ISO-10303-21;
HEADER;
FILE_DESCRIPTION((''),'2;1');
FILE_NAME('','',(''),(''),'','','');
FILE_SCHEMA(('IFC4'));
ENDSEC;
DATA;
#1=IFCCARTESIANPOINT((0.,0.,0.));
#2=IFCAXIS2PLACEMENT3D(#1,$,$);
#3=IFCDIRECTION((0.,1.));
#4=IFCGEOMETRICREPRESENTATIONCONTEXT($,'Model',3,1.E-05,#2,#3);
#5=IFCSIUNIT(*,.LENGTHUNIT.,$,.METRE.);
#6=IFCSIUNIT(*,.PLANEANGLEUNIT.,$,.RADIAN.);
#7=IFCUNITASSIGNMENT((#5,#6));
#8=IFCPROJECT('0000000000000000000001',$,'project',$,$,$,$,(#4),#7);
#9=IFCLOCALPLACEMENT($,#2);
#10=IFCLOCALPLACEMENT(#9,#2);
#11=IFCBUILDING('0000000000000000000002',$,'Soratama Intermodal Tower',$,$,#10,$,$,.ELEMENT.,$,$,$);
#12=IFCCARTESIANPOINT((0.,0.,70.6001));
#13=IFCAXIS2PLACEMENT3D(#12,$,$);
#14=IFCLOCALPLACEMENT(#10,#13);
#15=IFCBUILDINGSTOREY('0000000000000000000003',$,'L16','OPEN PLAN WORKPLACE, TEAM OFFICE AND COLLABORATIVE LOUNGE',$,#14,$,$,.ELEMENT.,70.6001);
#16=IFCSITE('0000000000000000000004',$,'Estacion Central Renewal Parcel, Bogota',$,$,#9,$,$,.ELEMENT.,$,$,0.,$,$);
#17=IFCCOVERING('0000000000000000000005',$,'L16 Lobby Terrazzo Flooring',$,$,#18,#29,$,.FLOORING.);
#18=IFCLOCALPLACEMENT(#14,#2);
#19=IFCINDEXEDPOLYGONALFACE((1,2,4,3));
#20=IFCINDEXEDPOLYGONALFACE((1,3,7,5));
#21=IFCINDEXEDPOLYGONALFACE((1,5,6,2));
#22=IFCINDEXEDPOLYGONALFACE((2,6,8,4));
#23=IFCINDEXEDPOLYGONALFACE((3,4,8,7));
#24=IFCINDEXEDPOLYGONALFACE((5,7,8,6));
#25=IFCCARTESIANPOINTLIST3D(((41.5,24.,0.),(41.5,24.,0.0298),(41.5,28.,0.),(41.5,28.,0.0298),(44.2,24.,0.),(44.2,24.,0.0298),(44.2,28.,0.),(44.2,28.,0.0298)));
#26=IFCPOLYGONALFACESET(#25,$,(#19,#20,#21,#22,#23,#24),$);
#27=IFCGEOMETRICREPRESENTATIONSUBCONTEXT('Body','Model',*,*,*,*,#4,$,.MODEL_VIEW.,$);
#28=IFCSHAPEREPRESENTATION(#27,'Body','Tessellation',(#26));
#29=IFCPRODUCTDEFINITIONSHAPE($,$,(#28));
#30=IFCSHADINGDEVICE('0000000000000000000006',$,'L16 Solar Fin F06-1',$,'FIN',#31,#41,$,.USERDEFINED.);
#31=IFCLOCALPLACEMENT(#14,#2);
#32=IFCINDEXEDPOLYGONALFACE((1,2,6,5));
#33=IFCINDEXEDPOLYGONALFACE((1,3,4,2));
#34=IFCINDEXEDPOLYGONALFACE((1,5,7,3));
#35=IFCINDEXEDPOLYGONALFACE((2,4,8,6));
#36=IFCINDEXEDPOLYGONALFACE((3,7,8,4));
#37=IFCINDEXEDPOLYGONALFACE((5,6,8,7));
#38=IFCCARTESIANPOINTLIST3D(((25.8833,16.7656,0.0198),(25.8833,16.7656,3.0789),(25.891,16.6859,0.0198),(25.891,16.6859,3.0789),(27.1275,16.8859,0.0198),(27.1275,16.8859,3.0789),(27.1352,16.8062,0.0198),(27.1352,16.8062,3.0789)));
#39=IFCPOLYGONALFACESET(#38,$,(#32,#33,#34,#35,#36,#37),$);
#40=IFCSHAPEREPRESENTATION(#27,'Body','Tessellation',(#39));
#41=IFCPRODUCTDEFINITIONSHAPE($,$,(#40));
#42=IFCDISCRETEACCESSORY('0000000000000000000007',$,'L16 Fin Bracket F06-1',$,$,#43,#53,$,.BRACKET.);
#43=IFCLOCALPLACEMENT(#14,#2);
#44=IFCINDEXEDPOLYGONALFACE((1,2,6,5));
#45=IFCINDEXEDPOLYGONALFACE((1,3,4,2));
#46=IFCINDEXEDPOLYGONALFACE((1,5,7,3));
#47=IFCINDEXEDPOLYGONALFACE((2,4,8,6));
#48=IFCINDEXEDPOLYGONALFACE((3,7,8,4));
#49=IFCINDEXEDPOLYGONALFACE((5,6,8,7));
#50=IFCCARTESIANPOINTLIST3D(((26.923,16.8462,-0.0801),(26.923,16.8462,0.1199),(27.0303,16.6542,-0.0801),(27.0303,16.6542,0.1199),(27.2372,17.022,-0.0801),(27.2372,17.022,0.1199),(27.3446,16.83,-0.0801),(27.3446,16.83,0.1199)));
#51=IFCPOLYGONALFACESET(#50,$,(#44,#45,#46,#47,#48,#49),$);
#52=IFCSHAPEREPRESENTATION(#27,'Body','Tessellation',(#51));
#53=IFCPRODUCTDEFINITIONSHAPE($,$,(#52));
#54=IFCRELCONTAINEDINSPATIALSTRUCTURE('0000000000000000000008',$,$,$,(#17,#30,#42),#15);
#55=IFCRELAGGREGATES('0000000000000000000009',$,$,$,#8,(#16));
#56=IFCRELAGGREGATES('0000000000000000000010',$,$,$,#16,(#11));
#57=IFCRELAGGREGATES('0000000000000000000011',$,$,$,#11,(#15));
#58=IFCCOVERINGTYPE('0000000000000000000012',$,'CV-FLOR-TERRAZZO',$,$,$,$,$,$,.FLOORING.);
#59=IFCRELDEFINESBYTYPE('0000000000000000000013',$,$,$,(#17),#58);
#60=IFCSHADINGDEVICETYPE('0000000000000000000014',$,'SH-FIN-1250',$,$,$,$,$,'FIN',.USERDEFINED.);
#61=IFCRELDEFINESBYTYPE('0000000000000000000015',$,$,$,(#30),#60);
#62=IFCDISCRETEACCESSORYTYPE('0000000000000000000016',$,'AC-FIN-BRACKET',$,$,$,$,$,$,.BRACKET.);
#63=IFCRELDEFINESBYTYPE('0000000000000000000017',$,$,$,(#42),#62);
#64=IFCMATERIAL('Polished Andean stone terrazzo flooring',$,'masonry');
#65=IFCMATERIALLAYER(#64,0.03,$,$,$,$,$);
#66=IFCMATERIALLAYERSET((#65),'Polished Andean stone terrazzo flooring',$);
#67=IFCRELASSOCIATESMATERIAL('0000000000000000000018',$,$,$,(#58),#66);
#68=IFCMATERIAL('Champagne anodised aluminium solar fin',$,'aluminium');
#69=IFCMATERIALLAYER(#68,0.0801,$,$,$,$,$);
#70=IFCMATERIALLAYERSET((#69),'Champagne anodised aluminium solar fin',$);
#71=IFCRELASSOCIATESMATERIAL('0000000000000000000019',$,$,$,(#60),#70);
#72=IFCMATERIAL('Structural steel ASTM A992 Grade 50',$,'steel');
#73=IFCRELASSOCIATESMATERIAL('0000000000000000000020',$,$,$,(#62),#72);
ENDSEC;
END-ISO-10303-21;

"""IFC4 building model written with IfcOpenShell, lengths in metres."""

from ifc_helpers import new_model, si_unit, direction, frame, origin, origin_2d, place, context, subcontext, project, spatial, polyline, rectangle, outline, extrude, material, layer, layer_set, type_object, element, save


model = new_model("IFC4")

# Units and contexts
model_context = context("Model", 3, precision=1e-05, world=origin(), true_north=direction((0.0, 1.0)))
body_context = subcontext(model_context, "Body", "Model", "MODEL_VIEW")
ifc_project = project(units=[si_unit("LENGTHUNIT", "METRE"), si_unit("PLANEANGLEUNIT", "RADIAN")], contexts=[model_context])

# Site, building, storey
site_placement = place(None, origin())
site = spatial("IfcSite", under=ifc_project, at=site_placement, Name="Estacion Central Renewal Parcel, Bogota", CompositionType="ELEMENT", RefElevation=0.0)
building_placement = place(site_placement, origin())
building = spatial("IfcBuilding", under=site, at=building_placement, Name="Soratama Intermodal Tower", CompositionType="ELEMENT")
storey_placement = place(building_placement, frame((0.0, 0.0, 70.6001)))
storey = spatial("IfcBuildingStorey", under=building, at=storey_placement, Name="L16", Description="OPEN PLAN WORKPLACE, TEAM OFFICE AND COLLABORATIVE LOUNGE", CompositionType="ELEMENT", Elevation=70.6001)

# Covering
ifc_material_1 = material(Name="Polished Andean stone terrazzo flooring", Category="masonry")
ifc_layer_1 = layer(ifc_material_1, 0.03)
ifc_layer_set_1 = layer_set([ifc_layer_1], Name="Polished Andean stone terrazzo flooring")
covering_type_1 = type_object("IfcCoveringType", Name="CV-FLOR-TERRAZZO", PredefinedType="FLOORING", material=ifc_layer_set_1)
covering_1_placement = place(storey_placement, origin())
element("IfcCovering", 1, at=covering_1_placement, inside=storey, type_object=covering_type_1, Name="L16 Lobby Terrazzo Flooring", PredefinedType="FLOORING", context=body_context, shape_type="SweptSolid", body=[
    extrude(outline(polyline([(41.5, 24.0), (44.2, 24.0), (44.2, 28.0), (41.5, 28.0), (41.5, 24.0)])), origin(), (0.0, 0.0, 1.0), 0.0298),
])

# Shading device
ifc_material_2 = material(Name="Champagne anodised aluminium solar fin", Category="aluminium")
ifc_layer_2 = layer(ifc_material_2, 0.0801)
ifc_layer_set_2 = layer_set([ifc_layer_2], Name="Champagne anodised aluminium solar fin")
shading_device_type = type_object("IfcShadingDeviceType", Name="SH-FIN-1250", ElementType="FIN", PredefinedType="USERDEFINED", material=ifc_layer_set_2)
shading_device_placement = place(storey_placement, frame((26.5093, 16.7859, 0.0198), z_axis=(0.0, 0.0, 1.0), x_axis=(-0.995363, -0.096193, 0.0)))
element("IfcShadingDevice", 2, at=shading_device_placement, inside=storey, type_object=shading_device_type, Name="L16 Solar Fin F06-1", ObjectType="FIN", PredefinedType="USERDEFINED", context=body_context, shape_type="SweptSolid", body=[
    extrude(rectangle(XDim=1.25, YDim=0.0801, at=origin_2d()), origin(), (0.0, 0.0, 1.0), 3.0591),
])

# Discrete accessory
ifc_material_3 = material(Name="Structural steel ASTM A992 Grade 50", Category="steel")
discrete_accessory_type = type_object("IfcDiscreteAccessoryType", Name="AC-FIN-BRACKET", PredefinedType="BRACKET", material=ifc_material_3)
discrete_accessory_placement = place(storey_placement, frame((27.1338, 16.8381, -0.0801), z_axis=(0.0, 0.0, 1.0), x_axis=(-0.872752, -0.488164, 0.0)))
element("IfcDiscreteAccessory", 3, at=discrete_accessory_placement, inside=storey, type_object=discrete_accessory_type, Name="L16 Fin Bracket F06-1", PredefinedType="BRACKET", context=body_context, shape_type="SweptSolid", body=[
    extrude(rectangle(XDim=0.3601, YDim=0.22, at=origin_2d()), origin(), (0.0, 0.0, 1.0), 0.2),
])

save(model, "model.ifc")
